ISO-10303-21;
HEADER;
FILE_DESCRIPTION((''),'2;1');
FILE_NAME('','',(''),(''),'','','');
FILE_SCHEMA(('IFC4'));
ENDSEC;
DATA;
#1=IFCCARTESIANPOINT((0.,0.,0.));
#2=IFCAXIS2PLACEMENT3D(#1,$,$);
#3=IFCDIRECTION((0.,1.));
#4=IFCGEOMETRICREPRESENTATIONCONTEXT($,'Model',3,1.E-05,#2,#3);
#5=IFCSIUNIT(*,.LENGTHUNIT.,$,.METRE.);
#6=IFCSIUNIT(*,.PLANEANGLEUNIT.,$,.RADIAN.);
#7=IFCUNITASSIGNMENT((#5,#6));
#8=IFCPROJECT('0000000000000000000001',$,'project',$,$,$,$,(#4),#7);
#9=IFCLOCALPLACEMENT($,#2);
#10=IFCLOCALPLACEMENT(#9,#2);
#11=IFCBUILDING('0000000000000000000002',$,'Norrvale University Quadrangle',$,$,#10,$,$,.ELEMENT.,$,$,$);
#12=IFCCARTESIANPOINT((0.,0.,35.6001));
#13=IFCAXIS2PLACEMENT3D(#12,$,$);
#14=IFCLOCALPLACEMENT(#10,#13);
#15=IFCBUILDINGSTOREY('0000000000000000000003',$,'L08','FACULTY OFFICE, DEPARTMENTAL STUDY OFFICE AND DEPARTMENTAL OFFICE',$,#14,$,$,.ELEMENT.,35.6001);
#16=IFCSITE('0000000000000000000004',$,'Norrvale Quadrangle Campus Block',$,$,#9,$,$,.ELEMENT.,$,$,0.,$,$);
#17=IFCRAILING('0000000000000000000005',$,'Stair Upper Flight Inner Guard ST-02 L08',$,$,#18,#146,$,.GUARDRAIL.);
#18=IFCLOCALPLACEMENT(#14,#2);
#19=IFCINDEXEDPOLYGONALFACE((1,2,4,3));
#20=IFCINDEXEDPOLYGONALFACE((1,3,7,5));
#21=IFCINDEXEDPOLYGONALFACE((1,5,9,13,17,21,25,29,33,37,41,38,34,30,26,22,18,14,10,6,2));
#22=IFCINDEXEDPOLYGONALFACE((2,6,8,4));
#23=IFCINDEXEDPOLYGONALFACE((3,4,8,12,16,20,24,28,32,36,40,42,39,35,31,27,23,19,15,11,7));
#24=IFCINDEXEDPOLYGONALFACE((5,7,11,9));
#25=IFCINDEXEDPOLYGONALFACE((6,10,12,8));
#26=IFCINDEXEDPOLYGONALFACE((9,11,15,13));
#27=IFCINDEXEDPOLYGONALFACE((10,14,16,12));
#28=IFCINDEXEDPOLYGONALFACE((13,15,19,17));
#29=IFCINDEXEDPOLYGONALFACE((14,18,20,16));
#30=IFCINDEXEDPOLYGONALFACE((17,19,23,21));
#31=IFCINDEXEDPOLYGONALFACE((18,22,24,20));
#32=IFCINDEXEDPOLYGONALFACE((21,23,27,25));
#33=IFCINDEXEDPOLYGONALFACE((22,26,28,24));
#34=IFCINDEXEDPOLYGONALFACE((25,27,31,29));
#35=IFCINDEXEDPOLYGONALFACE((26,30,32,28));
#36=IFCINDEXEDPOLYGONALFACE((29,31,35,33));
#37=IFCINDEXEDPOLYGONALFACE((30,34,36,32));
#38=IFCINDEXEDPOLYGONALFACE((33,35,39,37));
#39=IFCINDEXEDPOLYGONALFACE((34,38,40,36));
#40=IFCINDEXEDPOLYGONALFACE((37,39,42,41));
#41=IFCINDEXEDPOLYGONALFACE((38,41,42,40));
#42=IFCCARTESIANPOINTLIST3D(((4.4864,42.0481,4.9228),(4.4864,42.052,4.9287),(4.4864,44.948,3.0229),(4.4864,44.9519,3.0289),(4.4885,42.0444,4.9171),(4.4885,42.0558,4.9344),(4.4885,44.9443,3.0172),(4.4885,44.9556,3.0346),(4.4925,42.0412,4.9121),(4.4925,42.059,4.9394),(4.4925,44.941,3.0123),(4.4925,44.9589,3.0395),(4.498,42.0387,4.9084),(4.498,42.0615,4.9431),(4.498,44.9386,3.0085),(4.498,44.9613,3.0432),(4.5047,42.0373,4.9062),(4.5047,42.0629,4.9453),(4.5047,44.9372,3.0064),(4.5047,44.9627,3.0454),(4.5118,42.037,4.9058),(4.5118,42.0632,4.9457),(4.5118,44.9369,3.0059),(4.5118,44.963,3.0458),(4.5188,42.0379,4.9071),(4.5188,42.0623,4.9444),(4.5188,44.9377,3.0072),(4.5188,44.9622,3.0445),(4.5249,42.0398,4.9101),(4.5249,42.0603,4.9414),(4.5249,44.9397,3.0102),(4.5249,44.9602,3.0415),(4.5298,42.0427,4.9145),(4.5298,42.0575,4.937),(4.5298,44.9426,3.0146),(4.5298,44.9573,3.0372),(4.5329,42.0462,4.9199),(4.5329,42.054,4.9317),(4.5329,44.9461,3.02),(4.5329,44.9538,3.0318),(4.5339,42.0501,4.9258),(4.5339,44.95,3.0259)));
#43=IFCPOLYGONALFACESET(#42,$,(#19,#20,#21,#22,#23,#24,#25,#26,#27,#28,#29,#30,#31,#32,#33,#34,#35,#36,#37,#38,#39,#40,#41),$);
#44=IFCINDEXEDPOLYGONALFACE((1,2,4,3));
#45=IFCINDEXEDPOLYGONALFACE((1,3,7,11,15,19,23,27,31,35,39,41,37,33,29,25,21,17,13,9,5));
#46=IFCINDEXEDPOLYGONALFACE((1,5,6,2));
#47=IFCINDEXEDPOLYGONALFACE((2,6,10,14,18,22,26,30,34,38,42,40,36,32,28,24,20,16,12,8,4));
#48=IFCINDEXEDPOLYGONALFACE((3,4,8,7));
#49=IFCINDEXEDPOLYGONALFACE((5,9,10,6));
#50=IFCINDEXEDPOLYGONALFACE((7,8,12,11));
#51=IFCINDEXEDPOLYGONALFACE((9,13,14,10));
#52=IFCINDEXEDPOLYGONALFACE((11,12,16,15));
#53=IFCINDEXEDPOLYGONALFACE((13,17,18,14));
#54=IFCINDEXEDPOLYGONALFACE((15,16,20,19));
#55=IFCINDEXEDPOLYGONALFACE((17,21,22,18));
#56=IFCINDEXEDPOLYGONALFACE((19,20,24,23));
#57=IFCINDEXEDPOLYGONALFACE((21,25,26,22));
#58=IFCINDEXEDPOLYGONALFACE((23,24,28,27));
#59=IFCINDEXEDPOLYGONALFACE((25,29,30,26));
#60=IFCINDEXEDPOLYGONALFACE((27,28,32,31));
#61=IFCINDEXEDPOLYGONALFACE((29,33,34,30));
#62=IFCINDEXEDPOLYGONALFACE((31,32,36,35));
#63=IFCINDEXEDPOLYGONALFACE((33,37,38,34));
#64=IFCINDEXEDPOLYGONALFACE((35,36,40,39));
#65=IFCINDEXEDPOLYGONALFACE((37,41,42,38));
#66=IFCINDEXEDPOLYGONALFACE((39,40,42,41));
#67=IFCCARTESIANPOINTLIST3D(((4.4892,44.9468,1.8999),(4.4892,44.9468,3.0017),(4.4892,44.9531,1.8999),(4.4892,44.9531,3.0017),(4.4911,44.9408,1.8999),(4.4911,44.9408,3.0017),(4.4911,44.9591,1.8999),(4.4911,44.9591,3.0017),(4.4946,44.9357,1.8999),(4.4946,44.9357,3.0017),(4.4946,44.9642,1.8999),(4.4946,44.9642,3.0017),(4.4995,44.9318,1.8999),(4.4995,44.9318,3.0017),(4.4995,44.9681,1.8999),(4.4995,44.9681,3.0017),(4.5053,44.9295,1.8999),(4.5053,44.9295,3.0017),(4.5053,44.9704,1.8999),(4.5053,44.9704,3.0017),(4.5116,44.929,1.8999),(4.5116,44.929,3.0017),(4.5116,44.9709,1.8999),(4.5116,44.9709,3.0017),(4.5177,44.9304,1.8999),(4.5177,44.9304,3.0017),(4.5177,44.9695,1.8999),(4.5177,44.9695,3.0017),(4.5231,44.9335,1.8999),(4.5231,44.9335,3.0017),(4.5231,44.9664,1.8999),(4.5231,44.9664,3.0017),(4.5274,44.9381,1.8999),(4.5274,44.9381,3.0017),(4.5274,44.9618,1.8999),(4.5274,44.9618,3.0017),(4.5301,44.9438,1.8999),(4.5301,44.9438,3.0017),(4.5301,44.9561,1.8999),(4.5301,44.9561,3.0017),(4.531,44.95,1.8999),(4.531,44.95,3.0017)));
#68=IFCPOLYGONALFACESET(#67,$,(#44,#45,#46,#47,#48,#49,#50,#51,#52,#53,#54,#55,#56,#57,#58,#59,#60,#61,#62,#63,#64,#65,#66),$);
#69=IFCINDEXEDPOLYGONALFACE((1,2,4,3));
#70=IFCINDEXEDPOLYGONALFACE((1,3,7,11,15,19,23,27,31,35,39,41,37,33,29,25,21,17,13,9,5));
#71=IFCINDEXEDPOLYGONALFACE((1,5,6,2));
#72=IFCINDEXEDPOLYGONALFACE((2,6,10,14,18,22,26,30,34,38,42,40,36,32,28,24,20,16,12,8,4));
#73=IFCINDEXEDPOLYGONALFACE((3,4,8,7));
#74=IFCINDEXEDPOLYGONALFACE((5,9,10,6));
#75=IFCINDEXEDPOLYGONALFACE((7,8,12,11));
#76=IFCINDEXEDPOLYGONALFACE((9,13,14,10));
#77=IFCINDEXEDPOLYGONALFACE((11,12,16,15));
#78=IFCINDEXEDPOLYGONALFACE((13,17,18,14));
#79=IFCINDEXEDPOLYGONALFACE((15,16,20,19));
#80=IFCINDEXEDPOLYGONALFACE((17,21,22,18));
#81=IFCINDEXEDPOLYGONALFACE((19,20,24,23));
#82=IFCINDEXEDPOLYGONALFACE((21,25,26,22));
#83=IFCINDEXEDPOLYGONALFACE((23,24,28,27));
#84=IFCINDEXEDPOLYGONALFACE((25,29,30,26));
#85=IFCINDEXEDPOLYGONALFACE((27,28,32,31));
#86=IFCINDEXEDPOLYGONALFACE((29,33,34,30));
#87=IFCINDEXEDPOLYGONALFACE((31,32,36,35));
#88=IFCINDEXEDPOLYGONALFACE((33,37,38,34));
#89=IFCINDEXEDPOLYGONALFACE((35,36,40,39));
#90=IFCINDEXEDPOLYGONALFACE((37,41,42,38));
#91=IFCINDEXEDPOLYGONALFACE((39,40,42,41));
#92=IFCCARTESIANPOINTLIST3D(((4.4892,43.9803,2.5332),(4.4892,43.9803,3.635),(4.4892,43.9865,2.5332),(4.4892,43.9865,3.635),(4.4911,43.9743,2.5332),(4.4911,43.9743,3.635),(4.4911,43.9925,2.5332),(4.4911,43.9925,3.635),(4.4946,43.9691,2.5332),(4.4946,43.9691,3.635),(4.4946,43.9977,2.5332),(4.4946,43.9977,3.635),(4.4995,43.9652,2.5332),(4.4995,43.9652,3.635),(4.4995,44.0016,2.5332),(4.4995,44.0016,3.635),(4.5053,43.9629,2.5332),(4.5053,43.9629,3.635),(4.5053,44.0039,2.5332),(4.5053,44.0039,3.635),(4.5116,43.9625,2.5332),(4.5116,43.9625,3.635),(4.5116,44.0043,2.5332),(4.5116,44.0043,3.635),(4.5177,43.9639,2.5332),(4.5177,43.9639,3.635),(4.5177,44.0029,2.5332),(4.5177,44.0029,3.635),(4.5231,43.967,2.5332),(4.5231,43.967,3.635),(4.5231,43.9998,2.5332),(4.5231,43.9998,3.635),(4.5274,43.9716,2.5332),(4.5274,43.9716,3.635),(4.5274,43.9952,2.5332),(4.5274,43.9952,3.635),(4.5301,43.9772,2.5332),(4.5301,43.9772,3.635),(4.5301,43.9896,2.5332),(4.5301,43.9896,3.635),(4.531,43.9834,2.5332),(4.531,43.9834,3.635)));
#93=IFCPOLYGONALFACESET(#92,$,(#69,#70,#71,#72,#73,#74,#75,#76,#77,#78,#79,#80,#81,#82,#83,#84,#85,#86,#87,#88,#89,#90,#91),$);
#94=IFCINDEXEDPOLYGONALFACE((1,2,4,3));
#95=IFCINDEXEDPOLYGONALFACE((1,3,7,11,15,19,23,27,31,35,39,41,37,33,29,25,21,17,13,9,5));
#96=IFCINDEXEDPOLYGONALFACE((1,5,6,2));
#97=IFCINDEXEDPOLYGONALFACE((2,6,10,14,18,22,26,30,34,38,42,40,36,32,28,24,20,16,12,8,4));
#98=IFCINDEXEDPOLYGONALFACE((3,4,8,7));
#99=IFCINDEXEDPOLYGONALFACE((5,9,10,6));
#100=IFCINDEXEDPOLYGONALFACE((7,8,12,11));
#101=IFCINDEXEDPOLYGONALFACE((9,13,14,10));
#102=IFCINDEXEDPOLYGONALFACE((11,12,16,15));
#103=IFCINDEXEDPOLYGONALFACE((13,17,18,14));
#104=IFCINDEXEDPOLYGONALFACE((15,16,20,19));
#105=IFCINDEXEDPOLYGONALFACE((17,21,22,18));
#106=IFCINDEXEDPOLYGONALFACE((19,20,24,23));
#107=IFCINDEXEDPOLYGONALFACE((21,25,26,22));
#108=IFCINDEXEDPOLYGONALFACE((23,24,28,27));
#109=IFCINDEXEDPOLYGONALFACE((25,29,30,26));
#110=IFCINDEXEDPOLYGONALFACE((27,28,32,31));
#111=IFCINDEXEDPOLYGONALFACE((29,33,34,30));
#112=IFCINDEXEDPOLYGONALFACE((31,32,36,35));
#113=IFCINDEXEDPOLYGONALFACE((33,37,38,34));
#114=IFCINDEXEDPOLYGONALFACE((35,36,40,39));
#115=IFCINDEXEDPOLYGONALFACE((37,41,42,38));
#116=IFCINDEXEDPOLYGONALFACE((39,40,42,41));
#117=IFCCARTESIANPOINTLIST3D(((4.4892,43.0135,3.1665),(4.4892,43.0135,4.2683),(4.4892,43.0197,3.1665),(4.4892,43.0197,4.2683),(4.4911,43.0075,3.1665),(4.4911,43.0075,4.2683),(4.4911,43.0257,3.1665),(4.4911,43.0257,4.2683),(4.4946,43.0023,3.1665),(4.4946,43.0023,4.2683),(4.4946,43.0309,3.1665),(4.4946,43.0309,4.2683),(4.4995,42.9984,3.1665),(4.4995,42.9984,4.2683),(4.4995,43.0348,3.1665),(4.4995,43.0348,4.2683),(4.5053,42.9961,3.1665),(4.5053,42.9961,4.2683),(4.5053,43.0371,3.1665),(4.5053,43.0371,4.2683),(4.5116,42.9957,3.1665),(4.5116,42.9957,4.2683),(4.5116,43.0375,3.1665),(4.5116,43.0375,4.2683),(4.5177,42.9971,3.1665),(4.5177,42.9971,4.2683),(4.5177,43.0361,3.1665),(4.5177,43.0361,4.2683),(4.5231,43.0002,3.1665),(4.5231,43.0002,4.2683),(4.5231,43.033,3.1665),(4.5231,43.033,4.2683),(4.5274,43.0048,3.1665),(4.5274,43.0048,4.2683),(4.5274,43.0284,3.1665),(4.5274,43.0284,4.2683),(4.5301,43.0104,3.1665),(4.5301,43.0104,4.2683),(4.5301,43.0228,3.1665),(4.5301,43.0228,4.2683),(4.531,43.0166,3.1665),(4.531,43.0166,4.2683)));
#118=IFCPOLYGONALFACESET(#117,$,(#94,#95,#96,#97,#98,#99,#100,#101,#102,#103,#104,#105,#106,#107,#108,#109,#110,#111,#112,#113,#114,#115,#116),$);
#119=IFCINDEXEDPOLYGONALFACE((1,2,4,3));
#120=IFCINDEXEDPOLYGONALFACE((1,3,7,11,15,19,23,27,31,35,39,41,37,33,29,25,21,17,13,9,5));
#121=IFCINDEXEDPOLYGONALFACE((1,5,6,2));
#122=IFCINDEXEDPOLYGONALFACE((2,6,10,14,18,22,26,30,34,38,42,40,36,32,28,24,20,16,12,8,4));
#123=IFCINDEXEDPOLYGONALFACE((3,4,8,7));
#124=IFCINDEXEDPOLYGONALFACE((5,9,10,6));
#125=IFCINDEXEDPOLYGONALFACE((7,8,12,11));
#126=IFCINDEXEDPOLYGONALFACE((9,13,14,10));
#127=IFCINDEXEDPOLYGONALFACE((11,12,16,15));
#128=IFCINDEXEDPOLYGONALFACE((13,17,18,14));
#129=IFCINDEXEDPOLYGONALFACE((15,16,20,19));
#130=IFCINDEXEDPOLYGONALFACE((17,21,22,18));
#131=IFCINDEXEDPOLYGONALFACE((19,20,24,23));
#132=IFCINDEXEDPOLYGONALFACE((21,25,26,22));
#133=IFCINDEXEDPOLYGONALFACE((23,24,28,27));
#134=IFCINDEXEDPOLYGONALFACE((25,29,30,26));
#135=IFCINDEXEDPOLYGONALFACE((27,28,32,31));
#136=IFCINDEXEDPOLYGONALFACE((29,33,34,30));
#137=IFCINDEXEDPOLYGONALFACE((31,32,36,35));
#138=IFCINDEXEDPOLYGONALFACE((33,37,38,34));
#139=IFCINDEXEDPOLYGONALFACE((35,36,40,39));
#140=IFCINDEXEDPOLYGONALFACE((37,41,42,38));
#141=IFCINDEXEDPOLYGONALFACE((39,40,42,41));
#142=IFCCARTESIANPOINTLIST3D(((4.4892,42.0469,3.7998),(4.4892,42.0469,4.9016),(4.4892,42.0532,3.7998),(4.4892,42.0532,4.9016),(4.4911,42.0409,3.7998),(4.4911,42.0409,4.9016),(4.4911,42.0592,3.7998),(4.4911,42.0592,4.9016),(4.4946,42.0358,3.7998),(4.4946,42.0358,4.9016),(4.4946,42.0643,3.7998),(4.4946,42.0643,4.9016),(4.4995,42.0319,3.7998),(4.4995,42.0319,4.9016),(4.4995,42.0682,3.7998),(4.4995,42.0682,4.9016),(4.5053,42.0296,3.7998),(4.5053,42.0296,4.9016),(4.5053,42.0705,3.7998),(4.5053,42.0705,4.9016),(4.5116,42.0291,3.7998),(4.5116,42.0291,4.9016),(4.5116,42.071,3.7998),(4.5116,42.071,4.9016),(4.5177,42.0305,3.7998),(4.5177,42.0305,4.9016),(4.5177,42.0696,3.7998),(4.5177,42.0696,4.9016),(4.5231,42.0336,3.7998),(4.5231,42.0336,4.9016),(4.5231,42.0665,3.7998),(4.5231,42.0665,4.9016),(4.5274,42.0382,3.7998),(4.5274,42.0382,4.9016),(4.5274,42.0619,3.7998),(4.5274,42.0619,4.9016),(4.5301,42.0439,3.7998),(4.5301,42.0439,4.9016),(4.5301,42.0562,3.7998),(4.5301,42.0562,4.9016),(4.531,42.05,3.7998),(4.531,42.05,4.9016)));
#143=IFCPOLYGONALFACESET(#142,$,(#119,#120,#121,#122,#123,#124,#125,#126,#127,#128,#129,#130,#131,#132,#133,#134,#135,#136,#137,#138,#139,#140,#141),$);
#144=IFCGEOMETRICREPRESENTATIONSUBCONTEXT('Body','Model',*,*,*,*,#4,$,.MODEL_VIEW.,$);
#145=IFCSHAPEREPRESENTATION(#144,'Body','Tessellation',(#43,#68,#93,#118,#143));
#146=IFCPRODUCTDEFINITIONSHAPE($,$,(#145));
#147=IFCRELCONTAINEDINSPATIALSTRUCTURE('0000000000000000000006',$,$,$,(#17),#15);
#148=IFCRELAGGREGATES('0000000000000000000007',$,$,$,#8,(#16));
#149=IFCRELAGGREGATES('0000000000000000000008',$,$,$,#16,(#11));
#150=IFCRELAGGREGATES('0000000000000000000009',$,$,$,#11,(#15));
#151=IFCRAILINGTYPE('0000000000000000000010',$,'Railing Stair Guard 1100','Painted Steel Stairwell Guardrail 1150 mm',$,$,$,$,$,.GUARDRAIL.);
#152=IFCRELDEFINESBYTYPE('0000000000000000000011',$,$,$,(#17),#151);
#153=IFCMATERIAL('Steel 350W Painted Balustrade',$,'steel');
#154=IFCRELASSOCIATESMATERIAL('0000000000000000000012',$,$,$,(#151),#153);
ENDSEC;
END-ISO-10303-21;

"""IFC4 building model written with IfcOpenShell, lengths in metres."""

from ifc_helpers import new_model, si_unit, direction, frame, origin, origin_2d, place, context, subcontext, project, spatial, circle, extrude, material, type_object, element, save


model = new_model("IFC4")

# Units and contexts
model_context = context("Model", 3, precision=1e-05, world=origin(), true_north=direction((0.0, 1.0)))
body_context = subcontext(model_context, "Body", "Model", "MODEL_VIEW")
ifc_project = project(units=[si_unit("LENGTHUNIT", "METRE"), si_unit("PLANEANGLEUNIT", "RADIAN")], contexts=[model_context])

# Site, building, storey
site_placement = place(None, origin())
site = spatial("IfcSite", under=ifc_project, at=site_placement, Name="Norrvale Quadrangle Campus Block", CompositionType="ELEMENT", RefElevation=0.0)
building_placement = place(site_placement, origin())
building = spatial("IfcBuilding", under=site, at=building_placement, Name="Norrvale University Quadrangle", CompositionType="ELEMENT")
storey_placement = place(building_placement, frame((0.0, 0.0, 35.6001)))
storey = spatial("IfcBuildingStorey", under=building, at=storey_placement, Name="L08", Description="FACULTY OFFICE, DEPARTMENTAL STUDY OFFICE AND DEPARTMENTAL OFFICE", CompositionType="ELEMENT", Elevation=35.6001)

# Railing
ifc_material_1 = material(Name="Steel 350W Painted Balustrade", Category="steel")
railing_type_1 = type_object("IfcRailingType", Name="Railing Stair Guard 1100", Description="Painted Steel Stairwell Guardrail 1150 mm", PredefinedType="GUARDRAIL", material=ifc_material_1)
railing_1_placement = place(storey_placement, frame((4.51, 44.95, 1.8999)))
element("IfcRailing", 1, at=railing_1_placement, inside=storey, type_object=railing_type_1, Name="Stair Upper Flight Inner Guard ST-02 L08", PredefinedType="GUARDRAIL", context=body_context, shape_type="SweptSolid", body=[
    extrude(circle(Radius=0.0239, at=origin_2d()), frame((0.0, 0.0, 1.126), z_axis=(0.0, -0.836466, 0.548019), x_axis=(1.0, 0.0, 0.0)), (0.0, 0.0, 1.0), 3.4668),
    extrude(circle(Radius=0.021, at=origin_2d()), origin(), (0.0, 0.0, 1.0), 1.1018),
    extrude(circle(Radius=0.021, at=origin_2d()), frame((0.0, -0.9666, 0.6333)), (0.0, 0.0, 1.0), 1.1018),
    extrude(circle(Radius=0.021, at=origin_2d()), frame((0.0, -1.9333, 1.2666)), (0.0, 0.0, 1.0), 1.1018),
    extrude(circle(Radius=0.021, at=origin_2d()), frame((0.0, -2.8999, 1.8999)), (0.0, 0.0, 1.0), 1.1018),
])

save(model, "model.ifc")
